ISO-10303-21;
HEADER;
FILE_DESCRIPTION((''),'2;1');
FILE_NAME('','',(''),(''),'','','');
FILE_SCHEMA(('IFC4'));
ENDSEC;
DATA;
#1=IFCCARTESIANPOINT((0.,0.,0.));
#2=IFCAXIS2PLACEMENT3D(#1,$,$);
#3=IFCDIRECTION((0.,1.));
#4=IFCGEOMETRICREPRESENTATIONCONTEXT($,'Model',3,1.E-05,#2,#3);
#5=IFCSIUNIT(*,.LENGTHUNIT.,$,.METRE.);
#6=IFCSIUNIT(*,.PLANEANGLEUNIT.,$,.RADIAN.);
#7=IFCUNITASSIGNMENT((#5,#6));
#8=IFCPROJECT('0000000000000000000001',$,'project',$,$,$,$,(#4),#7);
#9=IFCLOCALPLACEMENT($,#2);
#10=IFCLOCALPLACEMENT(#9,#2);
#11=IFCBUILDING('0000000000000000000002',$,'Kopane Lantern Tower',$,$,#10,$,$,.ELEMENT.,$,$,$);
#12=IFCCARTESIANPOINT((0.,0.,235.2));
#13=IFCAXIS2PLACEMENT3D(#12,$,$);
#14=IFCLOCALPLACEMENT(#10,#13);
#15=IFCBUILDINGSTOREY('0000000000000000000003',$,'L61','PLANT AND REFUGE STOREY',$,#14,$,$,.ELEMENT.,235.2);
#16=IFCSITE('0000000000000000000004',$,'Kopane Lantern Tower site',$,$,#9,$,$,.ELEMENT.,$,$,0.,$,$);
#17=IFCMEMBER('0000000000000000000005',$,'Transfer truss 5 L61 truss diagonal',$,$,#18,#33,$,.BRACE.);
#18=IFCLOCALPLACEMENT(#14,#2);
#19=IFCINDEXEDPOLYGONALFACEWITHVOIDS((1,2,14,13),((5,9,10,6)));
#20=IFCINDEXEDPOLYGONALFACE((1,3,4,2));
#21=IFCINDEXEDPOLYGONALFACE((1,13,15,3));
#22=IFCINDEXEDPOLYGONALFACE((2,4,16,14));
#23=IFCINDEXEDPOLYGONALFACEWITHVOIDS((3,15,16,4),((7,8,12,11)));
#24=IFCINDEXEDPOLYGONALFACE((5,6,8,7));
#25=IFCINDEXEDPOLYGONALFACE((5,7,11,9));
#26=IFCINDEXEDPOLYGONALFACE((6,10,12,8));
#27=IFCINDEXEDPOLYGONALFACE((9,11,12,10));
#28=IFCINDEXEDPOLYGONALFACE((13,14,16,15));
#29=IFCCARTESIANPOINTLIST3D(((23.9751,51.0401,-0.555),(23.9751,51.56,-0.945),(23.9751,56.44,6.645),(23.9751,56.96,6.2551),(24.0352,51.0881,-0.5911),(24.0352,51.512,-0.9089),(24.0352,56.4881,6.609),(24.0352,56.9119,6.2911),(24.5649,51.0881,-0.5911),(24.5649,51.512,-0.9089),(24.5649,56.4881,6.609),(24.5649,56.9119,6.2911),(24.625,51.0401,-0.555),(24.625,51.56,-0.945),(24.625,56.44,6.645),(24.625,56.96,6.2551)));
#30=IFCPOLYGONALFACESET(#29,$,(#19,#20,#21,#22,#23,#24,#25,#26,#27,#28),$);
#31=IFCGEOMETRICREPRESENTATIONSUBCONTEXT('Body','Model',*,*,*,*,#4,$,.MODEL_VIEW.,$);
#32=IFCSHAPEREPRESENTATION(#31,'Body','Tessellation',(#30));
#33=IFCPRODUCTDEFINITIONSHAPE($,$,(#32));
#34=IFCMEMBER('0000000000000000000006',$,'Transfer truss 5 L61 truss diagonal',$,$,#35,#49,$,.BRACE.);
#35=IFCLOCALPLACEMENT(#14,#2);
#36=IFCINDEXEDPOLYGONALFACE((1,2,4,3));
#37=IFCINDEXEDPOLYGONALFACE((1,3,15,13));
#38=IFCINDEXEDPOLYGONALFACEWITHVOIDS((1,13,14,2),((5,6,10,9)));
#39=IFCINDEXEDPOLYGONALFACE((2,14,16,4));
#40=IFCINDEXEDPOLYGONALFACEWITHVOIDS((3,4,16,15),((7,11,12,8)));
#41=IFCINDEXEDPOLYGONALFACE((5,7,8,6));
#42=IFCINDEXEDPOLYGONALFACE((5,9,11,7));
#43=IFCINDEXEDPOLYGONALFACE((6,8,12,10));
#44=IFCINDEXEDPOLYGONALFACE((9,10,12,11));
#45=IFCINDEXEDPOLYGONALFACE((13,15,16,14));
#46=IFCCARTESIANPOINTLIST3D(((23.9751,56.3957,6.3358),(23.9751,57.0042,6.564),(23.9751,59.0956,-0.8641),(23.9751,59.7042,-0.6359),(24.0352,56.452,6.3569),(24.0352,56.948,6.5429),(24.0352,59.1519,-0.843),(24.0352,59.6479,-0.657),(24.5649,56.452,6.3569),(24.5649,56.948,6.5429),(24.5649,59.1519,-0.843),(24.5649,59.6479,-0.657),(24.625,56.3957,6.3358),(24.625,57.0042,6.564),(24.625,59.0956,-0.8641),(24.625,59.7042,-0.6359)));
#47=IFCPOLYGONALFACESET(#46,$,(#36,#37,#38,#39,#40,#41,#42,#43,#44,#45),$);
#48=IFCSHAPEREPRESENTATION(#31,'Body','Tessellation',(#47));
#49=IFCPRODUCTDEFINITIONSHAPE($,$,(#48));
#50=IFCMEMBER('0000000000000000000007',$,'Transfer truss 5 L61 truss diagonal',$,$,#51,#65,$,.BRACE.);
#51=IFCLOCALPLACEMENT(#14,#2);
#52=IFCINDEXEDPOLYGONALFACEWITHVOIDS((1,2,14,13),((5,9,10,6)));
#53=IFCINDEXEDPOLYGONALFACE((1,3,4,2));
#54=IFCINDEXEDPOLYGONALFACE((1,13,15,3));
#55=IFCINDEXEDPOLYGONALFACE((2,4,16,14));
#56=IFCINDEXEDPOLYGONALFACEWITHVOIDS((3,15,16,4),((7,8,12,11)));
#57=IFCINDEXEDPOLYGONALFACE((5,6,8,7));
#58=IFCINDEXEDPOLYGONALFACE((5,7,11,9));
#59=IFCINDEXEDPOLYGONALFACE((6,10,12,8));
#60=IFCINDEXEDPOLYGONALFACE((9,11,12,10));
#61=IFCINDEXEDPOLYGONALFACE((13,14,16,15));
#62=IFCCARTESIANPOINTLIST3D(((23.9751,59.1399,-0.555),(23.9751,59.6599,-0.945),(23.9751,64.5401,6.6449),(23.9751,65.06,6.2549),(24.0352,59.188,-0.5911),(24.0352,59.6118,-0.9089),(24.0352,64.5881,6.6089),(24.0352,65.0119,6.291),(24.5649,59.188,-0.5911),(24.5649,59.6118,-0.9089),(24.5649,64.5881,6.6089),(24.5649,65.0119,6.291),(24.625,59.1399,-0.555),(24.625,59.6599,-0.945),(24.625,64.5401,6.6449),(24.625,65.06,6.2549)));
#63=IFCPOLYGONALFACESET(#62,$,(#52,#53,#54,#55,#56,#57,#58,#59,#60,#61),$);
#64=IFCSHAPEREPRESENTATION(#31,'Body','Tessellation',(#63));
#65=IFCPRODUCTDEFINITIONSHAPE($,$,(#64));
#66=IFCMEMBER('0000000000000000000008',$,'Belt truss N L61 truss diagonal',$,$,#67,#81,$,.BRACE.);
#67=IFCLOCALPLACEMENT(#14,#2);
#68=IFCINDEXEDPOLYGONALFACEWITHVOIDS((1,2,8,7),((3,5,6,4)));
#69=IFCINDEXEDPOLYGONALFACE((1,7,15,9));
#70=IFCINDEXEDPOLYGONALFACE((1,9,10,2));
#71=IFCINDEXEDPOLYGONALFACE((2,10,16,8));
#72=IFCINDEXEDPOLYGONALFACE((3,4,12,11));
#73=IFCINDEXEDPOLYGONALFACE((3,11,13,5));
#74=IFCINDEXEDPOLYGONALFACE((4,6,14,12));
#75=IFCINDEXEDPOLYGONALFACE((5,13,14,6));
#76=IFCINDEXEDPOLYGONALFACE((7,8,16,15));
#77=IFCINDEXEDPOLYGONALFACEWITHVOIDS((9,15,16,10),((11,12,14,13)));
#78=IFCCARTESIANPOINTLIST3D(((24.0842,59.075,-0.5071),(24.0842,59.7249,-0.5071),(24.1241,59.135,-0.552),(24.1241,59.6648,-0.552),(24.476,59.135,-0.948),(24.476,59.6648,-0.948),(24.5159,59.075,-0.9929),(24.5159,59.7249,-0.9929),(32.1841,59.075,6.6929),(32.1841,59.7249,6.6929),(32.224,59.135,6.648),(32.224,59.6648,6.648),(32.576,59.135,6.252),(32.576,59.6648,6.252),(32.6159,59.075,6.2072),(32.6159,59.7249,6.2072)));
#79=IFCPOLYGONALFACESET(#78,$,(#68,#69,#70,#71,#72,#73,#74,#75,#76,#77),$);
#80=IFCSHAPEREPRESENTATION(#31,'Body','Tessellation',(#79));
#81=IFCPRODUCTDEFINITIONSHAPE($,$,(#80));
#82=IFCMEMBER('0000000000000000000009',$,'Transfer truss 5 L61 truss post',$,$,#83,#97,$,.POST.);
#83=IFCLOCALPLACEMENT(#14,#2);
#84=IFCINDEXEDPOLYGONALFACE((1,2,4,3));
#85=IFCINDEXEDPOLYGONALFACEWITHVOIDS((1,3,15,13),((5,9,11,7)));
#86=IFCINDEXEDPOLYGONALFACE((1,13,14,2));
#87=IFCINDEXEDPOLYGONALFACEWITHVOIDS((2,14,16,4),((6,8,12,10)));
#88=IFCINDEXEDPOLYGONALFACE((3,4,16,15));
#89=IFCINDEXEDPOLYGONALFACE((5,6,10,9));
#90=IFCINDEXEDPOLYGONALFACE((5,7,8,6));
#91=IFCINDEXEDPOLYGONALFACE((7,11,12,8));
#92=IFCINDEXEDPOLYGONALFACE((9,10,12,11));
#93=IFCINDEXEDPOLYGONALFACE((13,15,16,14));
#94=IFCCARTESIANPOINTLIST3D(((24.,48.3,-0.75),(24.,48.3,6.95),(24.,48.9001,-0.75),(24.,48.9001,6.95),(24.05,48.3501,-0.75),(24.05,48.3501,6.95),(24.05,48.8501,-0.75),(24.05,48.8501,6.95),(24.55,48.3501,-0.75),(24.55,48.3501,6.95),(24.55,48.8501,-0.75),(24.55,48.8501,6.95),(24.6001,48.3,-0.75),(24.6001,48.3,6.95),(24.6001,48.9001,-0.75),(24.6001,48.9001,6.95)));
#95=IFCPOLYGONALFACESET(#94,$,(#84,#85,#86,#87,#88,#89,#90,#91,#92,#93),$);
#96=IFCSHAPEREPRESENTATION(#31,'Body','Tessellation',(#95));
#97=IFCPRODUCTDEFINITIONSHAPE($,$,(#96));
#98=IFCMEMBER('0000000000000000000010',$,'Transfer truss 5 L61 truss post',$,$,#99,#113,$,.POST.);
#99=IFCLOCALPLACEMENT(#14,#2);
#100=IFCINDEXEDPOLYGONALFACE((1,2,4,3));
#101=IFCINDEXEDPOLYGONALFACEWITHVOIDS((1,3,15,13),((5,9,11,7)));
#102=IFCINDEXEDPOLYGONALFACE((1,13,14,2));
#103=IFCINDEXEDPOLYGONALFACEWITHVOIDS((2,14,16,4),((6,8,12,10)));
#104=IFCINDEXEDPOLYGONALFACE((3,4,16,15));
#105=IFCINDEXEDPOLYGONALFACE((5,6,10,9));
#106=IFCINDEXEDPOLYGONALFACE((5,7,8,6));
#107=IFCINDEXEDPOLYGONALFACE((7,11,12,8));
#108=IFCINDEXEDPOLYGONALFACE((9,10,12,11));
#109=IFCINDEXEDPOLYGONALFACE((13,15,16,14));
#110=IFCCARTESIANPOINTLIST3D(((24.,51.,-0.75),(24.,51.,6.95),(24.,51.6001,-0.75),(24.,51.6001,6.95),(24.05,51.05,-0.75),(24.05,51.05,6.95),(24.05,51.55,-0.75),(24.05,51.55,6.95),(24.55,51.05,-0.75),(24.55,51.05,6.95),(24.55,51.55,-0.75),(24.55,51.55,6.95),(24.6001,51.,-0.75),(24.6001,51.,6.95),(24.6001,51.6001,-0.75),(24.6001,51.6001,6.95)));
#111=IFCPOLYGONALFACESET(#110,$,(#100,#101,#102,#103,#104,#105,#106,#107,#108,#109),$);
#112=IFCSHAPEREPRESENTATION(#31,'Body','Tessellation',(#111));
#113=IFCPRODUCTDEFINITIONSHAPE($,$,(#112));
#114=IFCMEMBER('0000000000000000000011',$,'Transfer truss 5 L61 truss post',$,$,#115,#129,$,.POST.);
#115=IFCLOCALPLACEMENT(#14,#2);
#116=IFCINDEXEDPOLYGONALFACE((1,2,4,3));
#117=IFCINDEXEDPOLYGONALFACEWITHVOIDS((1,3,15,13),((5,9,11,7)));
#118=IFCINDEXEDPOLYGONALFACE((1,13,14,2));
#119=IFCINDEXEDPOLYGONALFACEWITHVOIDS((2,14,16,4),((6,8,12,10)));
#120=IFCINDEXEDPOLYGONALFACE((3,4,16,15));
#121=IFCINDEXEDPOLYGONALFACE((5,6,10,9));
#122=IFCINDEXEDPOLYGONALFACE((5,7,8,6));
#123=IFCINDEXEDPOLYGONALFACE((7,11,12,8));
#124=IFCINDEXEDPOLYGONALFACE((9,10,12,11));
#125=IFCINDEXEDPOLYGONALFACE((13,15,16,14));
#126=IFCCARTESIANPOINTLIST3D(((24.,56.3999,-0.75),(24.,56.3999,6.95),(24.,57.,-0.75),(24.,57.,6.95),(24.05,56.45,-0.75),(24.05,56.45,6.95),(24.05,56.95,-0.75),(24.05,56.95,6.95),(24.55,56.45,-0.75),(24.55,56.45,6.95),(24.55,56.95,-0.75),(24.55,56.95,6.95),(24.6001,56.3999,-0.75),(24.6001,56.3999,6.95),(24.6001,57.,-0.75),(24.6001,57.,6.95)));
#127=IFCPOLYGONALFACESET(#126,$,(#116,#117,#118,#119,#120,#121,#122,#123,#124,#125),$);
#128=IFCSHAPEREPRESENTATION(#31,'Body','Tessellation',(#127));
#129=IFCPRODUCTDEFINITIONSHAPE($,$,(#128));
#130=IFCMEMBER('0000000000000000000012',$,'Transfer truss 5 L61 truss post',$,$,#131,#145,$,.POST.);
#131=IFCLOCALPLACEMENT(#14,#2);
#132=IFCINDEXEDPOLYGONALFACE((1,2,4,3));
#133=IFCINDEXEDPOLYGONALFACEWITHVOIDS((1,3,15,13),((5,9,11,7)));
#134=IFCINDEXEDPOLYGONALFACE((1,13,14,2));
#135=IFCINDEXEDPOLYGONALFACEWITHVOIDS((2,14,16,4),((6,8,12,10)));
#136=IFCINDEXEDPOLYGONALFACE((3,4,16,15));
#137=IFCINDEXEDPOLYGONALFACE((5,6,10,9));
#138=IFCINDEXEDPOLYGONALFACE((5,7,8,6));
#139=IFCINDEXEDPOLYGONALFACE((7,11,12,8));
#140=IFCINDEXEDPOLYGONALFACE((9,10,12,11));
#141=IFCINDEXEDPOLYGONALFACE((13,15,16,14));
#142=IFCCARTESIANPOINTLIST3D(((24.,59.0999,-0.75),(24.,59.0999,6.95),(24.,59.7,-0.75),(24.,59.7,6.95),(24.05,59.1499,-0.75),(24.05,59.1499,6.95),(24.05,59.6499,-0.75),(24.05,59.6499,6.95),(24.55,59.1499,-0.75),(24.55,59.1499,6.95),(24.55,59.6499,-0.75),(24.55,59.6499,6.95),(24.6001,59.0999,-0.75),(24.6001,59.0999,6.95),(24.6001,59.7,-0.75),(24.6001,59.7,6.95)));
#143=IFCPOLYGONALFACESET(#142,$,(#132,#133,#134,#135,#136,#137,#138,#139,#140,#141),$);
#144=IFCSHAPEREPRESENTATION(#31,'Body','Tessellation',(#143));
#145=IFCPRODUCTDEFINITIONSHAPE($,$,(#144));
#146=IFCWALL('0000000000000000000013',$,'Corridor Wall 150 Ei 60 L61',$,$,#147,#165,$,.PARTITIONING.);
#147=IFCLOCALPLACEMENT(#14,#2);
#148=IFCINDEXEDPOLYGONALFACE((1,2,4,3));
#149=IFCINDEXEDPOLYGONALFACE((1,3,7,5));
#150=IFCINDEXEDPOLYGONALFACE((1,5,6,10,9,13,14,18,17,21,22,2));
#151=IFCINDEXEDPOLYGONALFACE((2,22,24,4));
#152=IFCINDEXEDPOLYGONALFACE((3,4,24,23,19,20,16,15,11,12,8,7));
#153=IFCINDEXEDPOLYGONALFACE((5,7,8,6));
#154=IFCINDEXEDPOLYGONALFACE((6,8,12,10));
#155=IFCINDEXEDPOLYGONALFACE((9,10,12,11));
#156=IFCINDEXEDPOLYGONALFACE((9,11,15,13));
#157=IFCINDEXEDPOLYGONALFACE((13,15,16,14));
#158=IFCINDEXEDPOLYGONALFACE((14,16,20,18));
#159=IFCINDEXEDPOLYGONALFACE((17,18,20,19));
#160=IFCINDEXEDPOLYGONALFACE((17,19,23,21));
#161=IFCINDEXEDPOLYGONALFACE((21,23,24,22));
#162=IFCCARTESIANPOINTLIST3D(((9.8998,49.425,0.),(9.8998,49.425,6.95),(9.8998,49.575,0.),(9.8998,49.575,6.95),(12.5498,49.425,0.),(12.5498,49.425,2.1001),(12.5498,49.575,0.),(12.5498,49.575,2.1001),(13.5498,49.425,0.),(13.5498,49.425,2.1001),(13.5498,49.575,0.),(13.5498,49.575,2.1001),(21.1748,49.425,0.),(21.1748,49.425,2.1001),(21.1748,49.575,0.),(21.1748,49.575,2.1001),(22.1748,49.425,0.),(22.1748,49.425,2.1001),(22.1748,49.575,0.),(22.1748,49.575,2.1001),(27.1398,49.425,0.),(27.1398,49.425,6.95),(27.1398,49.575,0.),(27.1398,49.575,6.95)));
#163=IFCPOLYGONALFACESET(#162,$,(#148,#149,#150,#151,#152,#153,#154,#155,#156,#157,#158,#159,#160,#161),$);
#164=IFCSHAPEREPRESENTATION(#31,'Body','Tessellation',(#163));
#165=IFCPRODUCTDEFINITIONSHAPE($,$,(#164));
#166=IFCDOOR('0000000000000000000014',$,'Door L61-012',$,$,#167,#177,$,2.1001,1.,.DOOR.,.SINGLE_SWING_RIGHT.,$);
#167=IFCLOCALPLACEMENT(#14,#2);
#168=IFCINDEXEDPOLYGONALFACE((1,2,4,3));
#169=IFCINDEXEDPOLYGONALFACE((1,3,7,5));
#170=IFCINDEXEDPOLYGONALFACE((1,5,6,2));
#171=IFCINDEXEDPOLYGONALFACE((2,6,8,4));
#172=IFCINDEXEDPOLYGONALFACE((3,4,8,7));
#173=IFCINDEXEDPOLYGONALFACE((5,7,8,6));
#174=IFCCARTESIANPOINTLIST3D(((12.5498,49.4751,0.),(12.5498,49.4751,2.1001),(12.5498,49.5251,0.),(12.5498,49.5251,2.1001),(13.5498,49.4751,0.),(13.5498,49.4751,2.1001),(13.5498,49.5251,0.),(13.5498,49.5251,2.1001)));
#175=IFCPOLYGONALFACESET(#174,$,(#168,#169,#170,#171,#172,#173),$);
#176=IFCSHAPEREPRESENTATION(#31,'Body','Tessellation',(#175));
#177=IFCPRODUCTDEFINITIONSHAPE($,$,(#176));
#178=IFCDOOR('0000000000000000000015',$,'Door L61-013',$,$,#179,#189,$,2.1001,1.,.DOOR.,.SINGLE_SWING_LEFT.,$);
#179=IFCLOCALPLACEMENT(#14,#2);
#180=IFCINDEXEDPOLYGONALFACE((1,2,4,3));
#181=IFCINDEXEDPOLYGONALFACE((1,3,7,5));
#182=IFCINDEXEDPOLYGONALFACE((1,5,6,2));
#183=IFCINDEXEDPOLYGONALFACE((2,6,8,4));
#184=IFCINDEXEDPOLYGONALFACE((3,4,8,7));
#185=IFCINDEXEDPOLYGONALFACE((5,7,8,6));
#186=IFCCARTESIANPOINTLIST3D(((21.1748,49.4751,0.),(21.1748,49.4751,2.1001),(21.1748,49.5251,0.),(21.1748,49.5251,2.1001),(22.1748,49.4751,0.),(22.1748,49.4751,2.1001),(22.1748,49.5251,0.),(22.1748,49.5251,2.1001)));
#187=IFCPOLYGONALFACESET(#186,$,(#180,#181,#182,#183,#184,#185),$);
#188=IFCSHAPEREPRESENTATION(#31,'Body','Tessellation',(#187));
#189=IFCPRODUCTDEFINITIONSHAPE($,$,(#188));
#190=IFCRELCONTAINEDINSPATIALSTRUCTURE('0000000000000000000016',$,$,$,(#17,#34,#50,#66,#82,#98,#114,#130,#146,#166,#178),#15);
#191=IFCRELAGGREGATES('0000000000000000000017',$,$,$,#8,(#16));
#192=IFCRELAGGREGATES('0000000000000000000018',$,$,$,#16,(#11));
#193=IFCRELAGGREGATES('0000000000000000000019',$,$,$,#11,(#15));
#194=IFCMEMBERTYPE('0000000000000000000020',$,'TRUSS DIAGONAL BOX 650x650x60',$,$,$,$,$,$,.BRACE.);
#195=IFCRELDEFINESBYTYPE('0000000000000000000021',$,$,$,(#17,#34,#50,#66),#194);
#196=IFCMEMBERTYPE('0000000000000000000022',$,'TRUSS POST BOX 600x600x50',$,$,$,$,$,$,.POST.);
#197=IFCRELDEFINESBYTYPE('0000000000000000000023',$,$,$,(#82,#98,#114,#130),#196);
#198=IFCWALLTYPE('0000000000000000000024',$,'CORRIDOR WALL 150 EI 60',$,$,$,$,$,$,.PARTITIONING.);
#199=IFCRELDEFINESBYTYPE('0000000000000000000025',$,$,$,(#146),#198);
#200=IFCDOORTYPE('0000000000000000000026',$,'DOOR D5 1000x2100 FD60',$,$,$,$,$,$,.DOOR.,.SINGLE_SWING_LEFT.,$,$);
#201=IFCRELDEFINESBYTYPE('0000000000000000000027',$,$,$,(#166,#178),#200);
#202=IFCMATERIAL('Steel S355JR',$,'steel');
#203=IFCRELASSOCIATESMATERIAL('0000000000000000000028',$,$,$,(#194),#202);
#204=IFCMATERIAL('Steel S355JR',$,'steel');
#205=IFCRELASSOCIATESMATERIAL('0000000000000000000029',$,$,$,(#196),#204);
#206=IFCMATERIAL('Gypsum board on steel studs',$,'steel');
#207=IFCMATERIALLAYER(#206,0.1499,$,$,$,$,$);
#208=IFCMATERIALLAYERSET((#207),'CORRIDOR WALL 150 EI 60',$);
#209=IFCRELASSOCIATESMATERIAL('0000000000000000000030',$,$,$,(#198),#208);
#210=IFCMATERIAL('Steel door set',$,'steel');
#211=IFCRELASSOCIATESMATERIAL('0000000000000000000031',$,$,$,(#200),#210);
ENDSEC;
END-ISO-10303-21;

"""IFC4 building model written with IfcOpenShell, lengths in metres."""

from ifc_helpers import new_model, si_unit, direction, frame, frame_2d, origin, origin_2d, place, context, subcontext, project, spatial, rectangle, hollow_rectangle, extrude, material, layer, layer_set, material_profile, profile_set, type_object, element, fill, save


model = new_model("IFC4")

# Units and contexts
model_context = context("Model", 3, precision=1e-05, world=origin(), true_north=direction((0.0, 1.0)))
body_context = subcontext(model_context, "Body", "Model", "MODEL_VIEW")
ifc_project = project(units=[si_unit("LENGTHUNIT", "METRE"), si_unit("PLANEANGLEUNIT", "RADIAN")], contexts=[model_context])

# Site, building, storey
site_placement = place(None, origin())
site = spatial("IfcSite", under=ifc_project, at=site_placement, Name="Kopane Lantern Tower site", CompositionType="ELEMENT", RefElevation=0.0)
building_placement = place(site_placement, origin())
building = spatial("IfcBuilding", under=site, at=building_placement, Name="Kopane Lantern Tower", CompositionType="ELEMENT")
storey_placement = place(building_placement, frame((0.0, 0.0, 235.2)))
storey = spatial("IfcBuildingStorey", under=building, at=storey_placement, Name="L61", Description="PLANT AND REFUGE STOREY", CompositionType="ELEMENT", Elevation=235.2)

# Members
ifc_material_1 = material(Name="Steel S355JR", Category="steel")
ifc_material_profile_1 = material_profile(ifc_material_1, hollow_rectangle(XDim=0.6499, YDim=0.6499, WallThickness=0.0601, at=origin_2d()), Name="BOX 650x650x60")
ifc_profile_set_1 = profile_set([ifc_material_profile_1], Name="Steel S355JR")
member_type_1 = type_object("IfcMemberType", Name="TRUSS DIAGONAL BOX 650x650x60", PredefinedType="BRACE", material=ifc_profile_set_1)
member_1_placement = place(storey_placement, frame((24.3, 51.3, -0.75), z_axis=(0.0, 0.599996, 0.800003), x_axis=(-1.0, 0.0, 0.0)))
element("IfcMember", 1, at=member_1_placement, inside=storey, type_object=member_type_1, Name="Transfer truss 5 L61 truss diagonal", PredefinedType="BRACE", context=body_context, shape_type="SweptSolid", body=[
    extrude(hollow_rectangle(XDim=0.6499, YDim=0.6499, WallThickness=0.0601, at=origin_2d()), origin(), (0.0, 0.0, 1.0), 9.0),
])
member_2_placement = place(storey_placement, frame((24.3, 59.3999, -0.75), z_axis=(0.0, -0.35112, 0.93633), x_axis=(1.0, 0.0, 0.0)))
element("IfcMember", 2, at=member_2_placement, inside=storey, type_object=member_type_1, Name="Transfer truss 5 L61 truss diagonal", PredefinedType="BRACE", context=body_context, shape_type="SweptSolid", body=[
    extrude(hollow_rectangle(XDim=0.6499, YDim=0.6499, WallThickness=0.0601, at=origin_2d()), origin(), (0.0, 0.0, 1.0), 7.6895),
])
member_3_placement = place(storey_placement, frame((24.3, 59.3999, -0.75), z_axis=(0.0, 0.600013, 0.79999), x_axis=(-1.0, 0.0, 0.0)))
element("IfcMember", 3, at=member_3_placement, inside=storey, type_object=member_type_1, Name="Transfer truss 5 L61 truss diagonal", PredefinedType="BRACE", context=body_context, shape_type="SweptSolid", body=[
    extrude(hollow_rectangle(XDim=0.6499, YDim=0.6499, WallThickness=0.0601, at=origin_2d()), origin(), (0.0, 0.0, 1.0), 9.0),
])
member_4_placement = place(storey_placement, frame((24.3, 59.3999, -0.75), z_axis=(0.747406, 0.0, 0.664368), x_axis=(0.0, 1.0, 0.0)))
element("IfcMember", 4, at=member_4_placement, inside=storey, type_object=member_type_1, Name="Belt truss N L61 truss diagonal", PredefinedType="BRACE", context=body_context, shape_type="SweptSolid", body=[
    extrude(hollow_rectangle(XDim=0.6499, YDim=0.6499, WallThickness=0.0601, at=origin_2d()), origin(), (0.0, 0.0, 1.0), 10.8374),
])
ifc_material_2 = material(Name="Steel S355JR", Category="steel")
ifc_material_profile_2 = material_profile(ifc_material_2, hollow_rectangle(XDim=0.6001, YDim=0.6001, WallThickness=0.05, at=origin_2d()), Name="BOX 600x600x50")
ifc_profile_set_2 = profile_set([ifc_material_profile_2], Name="Steel S355JR")
member_type_2 = type_object("IfcMemberType", Name="TRUSS POST BOX 600x600x50", PredefinedType="POST", material=ifc_profile_set_2)
for number, where, z_axis, x_axis, name in (
    (5, (24.3, 48.6001, -0.75), (0.0, 0.0, 1.0), (1.0, 0.0, 0.0), "Transfer truss 5 L61 truss post"),
    (6, (24.3, 51.3, -0.75), (0.0, 0.0, 1.0), (1.0, 0.0, 0.0), "Transfer truss 5 L61 truss post"),
    (7, (24.3, 56.7, -0.75), (0.0, 0.0, 1.0), (1.0, 0.0, 0.0), "Transfer truss 5 L61 truss post"),
    (8, (24.3, 59.3999, -0.75), (0.0, 0.0, 1.0), (1.0, 0.0, 0.0), "Transfer truss 5 L61 truss post"),
):
    element("IfcMember", number, at=place(storey_placement, frame(where, z_axis=z_axis, x_axis=x_axis)), inside=storey, type_object=member_type_2, Name=name, PredefinedType="POST", context=body_context, shape_type="SweptSolid", body=[
        extrude(hollow_rectangle(XDim=0.6001, YDim=0.6001, WallThickness=0.05, at=origin_2d()), origin(), (0.0, 0.0, 1.0), 7.7),
    ])

# Wall, openings, doors
ifc_material_3 = material(Name="Gypsum board on steel studs", Category="steel")
ifc_layer = layer(ifc_material_3, 0.1499)
ifc_layer_set = layer_set([ifc_layer], Name="CORRIDOR WALL 150 EI 60")
wall_type = type_object("IfcWallType", Name="CORRIDOR WALL 150 EI 60", PredefinedType="PARTITIONING", material=ifc_layer_set)
wall_placement = place(storey_placement, frame((27.1399, 49.5, 0.0), z_axis=(0.0, 0.0, 1.0), x_axis=(-1.0, 0.0, 0.0)))
wall = element("IfcWall", 9, at=wall_placement, inside=storey, type_object=wall_type, Name="Corridor Wall 150 Ei 60 L61", PredefinedType="PARTITIONING", context=body_context, shape_type="SweptSolid", body=[
    extrude(rectangle(XDim=17.24, YDim=0.1499, at=frame_2d((8.6201, 0.0))), origin(), (0.0, 0.0, 1.0), 6.95),
])
opening_1_placement = place(wall_placement, frame((13.5901, 0.0, 0.0)))
opening_1 = element("IfcOpeningElement", 10, at=opening_1_placement, cuts=wall, PredefinedType="OPENING", context=body_context, shape_type="SweptSolid", body=[
    extrude(rectangle(XDim=1.0, YDim=2.1001, at=frame_2d((0.5, 1.05))), frame((0.0, 0.085, 0.0), z_axis=(0.0, -1.0, 0.0), x_axis=(1.0, 0.0, 0.0)), (0.0, 0.0, 1.0), 0.1699),
])
opening_2_placement = place(wall_placement, frame((4.9651, 0.0, 0.0)))
opening_2 = element("IfcOpeningElement", 11, at=opening_2_placement, cuts=wall, PredefinedType="OPENING", context=body_context, shape_type="SweptSolid", body=[
    extrude(rectangle(XDim=1.0, YDim=2.1001, at=frame_2d((0.5, 1.05))), frame((0.0, 0.085, 0.0), z_axis=(0.0, -1.0, 0.0), x_axis=(1.0, 0.0, 0.0)), (0.0, 0.0, 1.0), 0.1699),
])
ifc_material_4 = material(Name="Steel door set", Category="steel")
door_type = type_object("IfcDoorType", Name="DOOR D5 1000x2100 FD60", OperationType="SINGLE_SWING_LEFT", PredefinedType="DOOR", material=ifc_material_4)
door_1_placement = place(opening_1_placement, origin())
door_1 = element("IfcDoor", 12, at=door_1_placement, inside=storey, type_object=door_type, Name="Door L61-012", OperationType="SINGLE_SWING_RIGHT", OverallHeight=2.1001, OverallWidth=1.0, PredefinedType="DOOR", context=body_context, shape_type="SweptSolid", body=[
    extrude(rectangle(XDim=1.0, YDim=2.1001, at=frame_2d((0.5, 1.05))), frame((0.0, 0.0249, 0.0), z_axis=(0.0, -1.0, 0.0), x_axis=(1.0, 0.0, 0.0)), (0.0, 0.0, 1.0), 0.05),
])
fill(opening_1, door_1)
door_2_placement = place(opening_2_placement, origin())
door_2 = element("IfcDoor", 13, at=door_2_placement, inside=storey, type_object=door_type, Name="Door L61-013", OperationType="SINGLE_SWING_LEFT", OverallHeight=2.1001, OverallWidth=1.0, PredefinedType="DOOR", context=body_context, shape_type="SweptSolid", body=[
    extrude(rectangle(XDim=1.0, YDim=2.1001, at=frame_2d((0.5, 1.05))), frame((0.0, 0.0249, 0.0), z_axis=(0.0, -1.0, 0.0), x_axis=(1.0, 0.0, 0.0)), (0.0, 0.0, 1.0), 0.05),
])
fill(opening_2, door_2)

save(model, "model.ifc")
